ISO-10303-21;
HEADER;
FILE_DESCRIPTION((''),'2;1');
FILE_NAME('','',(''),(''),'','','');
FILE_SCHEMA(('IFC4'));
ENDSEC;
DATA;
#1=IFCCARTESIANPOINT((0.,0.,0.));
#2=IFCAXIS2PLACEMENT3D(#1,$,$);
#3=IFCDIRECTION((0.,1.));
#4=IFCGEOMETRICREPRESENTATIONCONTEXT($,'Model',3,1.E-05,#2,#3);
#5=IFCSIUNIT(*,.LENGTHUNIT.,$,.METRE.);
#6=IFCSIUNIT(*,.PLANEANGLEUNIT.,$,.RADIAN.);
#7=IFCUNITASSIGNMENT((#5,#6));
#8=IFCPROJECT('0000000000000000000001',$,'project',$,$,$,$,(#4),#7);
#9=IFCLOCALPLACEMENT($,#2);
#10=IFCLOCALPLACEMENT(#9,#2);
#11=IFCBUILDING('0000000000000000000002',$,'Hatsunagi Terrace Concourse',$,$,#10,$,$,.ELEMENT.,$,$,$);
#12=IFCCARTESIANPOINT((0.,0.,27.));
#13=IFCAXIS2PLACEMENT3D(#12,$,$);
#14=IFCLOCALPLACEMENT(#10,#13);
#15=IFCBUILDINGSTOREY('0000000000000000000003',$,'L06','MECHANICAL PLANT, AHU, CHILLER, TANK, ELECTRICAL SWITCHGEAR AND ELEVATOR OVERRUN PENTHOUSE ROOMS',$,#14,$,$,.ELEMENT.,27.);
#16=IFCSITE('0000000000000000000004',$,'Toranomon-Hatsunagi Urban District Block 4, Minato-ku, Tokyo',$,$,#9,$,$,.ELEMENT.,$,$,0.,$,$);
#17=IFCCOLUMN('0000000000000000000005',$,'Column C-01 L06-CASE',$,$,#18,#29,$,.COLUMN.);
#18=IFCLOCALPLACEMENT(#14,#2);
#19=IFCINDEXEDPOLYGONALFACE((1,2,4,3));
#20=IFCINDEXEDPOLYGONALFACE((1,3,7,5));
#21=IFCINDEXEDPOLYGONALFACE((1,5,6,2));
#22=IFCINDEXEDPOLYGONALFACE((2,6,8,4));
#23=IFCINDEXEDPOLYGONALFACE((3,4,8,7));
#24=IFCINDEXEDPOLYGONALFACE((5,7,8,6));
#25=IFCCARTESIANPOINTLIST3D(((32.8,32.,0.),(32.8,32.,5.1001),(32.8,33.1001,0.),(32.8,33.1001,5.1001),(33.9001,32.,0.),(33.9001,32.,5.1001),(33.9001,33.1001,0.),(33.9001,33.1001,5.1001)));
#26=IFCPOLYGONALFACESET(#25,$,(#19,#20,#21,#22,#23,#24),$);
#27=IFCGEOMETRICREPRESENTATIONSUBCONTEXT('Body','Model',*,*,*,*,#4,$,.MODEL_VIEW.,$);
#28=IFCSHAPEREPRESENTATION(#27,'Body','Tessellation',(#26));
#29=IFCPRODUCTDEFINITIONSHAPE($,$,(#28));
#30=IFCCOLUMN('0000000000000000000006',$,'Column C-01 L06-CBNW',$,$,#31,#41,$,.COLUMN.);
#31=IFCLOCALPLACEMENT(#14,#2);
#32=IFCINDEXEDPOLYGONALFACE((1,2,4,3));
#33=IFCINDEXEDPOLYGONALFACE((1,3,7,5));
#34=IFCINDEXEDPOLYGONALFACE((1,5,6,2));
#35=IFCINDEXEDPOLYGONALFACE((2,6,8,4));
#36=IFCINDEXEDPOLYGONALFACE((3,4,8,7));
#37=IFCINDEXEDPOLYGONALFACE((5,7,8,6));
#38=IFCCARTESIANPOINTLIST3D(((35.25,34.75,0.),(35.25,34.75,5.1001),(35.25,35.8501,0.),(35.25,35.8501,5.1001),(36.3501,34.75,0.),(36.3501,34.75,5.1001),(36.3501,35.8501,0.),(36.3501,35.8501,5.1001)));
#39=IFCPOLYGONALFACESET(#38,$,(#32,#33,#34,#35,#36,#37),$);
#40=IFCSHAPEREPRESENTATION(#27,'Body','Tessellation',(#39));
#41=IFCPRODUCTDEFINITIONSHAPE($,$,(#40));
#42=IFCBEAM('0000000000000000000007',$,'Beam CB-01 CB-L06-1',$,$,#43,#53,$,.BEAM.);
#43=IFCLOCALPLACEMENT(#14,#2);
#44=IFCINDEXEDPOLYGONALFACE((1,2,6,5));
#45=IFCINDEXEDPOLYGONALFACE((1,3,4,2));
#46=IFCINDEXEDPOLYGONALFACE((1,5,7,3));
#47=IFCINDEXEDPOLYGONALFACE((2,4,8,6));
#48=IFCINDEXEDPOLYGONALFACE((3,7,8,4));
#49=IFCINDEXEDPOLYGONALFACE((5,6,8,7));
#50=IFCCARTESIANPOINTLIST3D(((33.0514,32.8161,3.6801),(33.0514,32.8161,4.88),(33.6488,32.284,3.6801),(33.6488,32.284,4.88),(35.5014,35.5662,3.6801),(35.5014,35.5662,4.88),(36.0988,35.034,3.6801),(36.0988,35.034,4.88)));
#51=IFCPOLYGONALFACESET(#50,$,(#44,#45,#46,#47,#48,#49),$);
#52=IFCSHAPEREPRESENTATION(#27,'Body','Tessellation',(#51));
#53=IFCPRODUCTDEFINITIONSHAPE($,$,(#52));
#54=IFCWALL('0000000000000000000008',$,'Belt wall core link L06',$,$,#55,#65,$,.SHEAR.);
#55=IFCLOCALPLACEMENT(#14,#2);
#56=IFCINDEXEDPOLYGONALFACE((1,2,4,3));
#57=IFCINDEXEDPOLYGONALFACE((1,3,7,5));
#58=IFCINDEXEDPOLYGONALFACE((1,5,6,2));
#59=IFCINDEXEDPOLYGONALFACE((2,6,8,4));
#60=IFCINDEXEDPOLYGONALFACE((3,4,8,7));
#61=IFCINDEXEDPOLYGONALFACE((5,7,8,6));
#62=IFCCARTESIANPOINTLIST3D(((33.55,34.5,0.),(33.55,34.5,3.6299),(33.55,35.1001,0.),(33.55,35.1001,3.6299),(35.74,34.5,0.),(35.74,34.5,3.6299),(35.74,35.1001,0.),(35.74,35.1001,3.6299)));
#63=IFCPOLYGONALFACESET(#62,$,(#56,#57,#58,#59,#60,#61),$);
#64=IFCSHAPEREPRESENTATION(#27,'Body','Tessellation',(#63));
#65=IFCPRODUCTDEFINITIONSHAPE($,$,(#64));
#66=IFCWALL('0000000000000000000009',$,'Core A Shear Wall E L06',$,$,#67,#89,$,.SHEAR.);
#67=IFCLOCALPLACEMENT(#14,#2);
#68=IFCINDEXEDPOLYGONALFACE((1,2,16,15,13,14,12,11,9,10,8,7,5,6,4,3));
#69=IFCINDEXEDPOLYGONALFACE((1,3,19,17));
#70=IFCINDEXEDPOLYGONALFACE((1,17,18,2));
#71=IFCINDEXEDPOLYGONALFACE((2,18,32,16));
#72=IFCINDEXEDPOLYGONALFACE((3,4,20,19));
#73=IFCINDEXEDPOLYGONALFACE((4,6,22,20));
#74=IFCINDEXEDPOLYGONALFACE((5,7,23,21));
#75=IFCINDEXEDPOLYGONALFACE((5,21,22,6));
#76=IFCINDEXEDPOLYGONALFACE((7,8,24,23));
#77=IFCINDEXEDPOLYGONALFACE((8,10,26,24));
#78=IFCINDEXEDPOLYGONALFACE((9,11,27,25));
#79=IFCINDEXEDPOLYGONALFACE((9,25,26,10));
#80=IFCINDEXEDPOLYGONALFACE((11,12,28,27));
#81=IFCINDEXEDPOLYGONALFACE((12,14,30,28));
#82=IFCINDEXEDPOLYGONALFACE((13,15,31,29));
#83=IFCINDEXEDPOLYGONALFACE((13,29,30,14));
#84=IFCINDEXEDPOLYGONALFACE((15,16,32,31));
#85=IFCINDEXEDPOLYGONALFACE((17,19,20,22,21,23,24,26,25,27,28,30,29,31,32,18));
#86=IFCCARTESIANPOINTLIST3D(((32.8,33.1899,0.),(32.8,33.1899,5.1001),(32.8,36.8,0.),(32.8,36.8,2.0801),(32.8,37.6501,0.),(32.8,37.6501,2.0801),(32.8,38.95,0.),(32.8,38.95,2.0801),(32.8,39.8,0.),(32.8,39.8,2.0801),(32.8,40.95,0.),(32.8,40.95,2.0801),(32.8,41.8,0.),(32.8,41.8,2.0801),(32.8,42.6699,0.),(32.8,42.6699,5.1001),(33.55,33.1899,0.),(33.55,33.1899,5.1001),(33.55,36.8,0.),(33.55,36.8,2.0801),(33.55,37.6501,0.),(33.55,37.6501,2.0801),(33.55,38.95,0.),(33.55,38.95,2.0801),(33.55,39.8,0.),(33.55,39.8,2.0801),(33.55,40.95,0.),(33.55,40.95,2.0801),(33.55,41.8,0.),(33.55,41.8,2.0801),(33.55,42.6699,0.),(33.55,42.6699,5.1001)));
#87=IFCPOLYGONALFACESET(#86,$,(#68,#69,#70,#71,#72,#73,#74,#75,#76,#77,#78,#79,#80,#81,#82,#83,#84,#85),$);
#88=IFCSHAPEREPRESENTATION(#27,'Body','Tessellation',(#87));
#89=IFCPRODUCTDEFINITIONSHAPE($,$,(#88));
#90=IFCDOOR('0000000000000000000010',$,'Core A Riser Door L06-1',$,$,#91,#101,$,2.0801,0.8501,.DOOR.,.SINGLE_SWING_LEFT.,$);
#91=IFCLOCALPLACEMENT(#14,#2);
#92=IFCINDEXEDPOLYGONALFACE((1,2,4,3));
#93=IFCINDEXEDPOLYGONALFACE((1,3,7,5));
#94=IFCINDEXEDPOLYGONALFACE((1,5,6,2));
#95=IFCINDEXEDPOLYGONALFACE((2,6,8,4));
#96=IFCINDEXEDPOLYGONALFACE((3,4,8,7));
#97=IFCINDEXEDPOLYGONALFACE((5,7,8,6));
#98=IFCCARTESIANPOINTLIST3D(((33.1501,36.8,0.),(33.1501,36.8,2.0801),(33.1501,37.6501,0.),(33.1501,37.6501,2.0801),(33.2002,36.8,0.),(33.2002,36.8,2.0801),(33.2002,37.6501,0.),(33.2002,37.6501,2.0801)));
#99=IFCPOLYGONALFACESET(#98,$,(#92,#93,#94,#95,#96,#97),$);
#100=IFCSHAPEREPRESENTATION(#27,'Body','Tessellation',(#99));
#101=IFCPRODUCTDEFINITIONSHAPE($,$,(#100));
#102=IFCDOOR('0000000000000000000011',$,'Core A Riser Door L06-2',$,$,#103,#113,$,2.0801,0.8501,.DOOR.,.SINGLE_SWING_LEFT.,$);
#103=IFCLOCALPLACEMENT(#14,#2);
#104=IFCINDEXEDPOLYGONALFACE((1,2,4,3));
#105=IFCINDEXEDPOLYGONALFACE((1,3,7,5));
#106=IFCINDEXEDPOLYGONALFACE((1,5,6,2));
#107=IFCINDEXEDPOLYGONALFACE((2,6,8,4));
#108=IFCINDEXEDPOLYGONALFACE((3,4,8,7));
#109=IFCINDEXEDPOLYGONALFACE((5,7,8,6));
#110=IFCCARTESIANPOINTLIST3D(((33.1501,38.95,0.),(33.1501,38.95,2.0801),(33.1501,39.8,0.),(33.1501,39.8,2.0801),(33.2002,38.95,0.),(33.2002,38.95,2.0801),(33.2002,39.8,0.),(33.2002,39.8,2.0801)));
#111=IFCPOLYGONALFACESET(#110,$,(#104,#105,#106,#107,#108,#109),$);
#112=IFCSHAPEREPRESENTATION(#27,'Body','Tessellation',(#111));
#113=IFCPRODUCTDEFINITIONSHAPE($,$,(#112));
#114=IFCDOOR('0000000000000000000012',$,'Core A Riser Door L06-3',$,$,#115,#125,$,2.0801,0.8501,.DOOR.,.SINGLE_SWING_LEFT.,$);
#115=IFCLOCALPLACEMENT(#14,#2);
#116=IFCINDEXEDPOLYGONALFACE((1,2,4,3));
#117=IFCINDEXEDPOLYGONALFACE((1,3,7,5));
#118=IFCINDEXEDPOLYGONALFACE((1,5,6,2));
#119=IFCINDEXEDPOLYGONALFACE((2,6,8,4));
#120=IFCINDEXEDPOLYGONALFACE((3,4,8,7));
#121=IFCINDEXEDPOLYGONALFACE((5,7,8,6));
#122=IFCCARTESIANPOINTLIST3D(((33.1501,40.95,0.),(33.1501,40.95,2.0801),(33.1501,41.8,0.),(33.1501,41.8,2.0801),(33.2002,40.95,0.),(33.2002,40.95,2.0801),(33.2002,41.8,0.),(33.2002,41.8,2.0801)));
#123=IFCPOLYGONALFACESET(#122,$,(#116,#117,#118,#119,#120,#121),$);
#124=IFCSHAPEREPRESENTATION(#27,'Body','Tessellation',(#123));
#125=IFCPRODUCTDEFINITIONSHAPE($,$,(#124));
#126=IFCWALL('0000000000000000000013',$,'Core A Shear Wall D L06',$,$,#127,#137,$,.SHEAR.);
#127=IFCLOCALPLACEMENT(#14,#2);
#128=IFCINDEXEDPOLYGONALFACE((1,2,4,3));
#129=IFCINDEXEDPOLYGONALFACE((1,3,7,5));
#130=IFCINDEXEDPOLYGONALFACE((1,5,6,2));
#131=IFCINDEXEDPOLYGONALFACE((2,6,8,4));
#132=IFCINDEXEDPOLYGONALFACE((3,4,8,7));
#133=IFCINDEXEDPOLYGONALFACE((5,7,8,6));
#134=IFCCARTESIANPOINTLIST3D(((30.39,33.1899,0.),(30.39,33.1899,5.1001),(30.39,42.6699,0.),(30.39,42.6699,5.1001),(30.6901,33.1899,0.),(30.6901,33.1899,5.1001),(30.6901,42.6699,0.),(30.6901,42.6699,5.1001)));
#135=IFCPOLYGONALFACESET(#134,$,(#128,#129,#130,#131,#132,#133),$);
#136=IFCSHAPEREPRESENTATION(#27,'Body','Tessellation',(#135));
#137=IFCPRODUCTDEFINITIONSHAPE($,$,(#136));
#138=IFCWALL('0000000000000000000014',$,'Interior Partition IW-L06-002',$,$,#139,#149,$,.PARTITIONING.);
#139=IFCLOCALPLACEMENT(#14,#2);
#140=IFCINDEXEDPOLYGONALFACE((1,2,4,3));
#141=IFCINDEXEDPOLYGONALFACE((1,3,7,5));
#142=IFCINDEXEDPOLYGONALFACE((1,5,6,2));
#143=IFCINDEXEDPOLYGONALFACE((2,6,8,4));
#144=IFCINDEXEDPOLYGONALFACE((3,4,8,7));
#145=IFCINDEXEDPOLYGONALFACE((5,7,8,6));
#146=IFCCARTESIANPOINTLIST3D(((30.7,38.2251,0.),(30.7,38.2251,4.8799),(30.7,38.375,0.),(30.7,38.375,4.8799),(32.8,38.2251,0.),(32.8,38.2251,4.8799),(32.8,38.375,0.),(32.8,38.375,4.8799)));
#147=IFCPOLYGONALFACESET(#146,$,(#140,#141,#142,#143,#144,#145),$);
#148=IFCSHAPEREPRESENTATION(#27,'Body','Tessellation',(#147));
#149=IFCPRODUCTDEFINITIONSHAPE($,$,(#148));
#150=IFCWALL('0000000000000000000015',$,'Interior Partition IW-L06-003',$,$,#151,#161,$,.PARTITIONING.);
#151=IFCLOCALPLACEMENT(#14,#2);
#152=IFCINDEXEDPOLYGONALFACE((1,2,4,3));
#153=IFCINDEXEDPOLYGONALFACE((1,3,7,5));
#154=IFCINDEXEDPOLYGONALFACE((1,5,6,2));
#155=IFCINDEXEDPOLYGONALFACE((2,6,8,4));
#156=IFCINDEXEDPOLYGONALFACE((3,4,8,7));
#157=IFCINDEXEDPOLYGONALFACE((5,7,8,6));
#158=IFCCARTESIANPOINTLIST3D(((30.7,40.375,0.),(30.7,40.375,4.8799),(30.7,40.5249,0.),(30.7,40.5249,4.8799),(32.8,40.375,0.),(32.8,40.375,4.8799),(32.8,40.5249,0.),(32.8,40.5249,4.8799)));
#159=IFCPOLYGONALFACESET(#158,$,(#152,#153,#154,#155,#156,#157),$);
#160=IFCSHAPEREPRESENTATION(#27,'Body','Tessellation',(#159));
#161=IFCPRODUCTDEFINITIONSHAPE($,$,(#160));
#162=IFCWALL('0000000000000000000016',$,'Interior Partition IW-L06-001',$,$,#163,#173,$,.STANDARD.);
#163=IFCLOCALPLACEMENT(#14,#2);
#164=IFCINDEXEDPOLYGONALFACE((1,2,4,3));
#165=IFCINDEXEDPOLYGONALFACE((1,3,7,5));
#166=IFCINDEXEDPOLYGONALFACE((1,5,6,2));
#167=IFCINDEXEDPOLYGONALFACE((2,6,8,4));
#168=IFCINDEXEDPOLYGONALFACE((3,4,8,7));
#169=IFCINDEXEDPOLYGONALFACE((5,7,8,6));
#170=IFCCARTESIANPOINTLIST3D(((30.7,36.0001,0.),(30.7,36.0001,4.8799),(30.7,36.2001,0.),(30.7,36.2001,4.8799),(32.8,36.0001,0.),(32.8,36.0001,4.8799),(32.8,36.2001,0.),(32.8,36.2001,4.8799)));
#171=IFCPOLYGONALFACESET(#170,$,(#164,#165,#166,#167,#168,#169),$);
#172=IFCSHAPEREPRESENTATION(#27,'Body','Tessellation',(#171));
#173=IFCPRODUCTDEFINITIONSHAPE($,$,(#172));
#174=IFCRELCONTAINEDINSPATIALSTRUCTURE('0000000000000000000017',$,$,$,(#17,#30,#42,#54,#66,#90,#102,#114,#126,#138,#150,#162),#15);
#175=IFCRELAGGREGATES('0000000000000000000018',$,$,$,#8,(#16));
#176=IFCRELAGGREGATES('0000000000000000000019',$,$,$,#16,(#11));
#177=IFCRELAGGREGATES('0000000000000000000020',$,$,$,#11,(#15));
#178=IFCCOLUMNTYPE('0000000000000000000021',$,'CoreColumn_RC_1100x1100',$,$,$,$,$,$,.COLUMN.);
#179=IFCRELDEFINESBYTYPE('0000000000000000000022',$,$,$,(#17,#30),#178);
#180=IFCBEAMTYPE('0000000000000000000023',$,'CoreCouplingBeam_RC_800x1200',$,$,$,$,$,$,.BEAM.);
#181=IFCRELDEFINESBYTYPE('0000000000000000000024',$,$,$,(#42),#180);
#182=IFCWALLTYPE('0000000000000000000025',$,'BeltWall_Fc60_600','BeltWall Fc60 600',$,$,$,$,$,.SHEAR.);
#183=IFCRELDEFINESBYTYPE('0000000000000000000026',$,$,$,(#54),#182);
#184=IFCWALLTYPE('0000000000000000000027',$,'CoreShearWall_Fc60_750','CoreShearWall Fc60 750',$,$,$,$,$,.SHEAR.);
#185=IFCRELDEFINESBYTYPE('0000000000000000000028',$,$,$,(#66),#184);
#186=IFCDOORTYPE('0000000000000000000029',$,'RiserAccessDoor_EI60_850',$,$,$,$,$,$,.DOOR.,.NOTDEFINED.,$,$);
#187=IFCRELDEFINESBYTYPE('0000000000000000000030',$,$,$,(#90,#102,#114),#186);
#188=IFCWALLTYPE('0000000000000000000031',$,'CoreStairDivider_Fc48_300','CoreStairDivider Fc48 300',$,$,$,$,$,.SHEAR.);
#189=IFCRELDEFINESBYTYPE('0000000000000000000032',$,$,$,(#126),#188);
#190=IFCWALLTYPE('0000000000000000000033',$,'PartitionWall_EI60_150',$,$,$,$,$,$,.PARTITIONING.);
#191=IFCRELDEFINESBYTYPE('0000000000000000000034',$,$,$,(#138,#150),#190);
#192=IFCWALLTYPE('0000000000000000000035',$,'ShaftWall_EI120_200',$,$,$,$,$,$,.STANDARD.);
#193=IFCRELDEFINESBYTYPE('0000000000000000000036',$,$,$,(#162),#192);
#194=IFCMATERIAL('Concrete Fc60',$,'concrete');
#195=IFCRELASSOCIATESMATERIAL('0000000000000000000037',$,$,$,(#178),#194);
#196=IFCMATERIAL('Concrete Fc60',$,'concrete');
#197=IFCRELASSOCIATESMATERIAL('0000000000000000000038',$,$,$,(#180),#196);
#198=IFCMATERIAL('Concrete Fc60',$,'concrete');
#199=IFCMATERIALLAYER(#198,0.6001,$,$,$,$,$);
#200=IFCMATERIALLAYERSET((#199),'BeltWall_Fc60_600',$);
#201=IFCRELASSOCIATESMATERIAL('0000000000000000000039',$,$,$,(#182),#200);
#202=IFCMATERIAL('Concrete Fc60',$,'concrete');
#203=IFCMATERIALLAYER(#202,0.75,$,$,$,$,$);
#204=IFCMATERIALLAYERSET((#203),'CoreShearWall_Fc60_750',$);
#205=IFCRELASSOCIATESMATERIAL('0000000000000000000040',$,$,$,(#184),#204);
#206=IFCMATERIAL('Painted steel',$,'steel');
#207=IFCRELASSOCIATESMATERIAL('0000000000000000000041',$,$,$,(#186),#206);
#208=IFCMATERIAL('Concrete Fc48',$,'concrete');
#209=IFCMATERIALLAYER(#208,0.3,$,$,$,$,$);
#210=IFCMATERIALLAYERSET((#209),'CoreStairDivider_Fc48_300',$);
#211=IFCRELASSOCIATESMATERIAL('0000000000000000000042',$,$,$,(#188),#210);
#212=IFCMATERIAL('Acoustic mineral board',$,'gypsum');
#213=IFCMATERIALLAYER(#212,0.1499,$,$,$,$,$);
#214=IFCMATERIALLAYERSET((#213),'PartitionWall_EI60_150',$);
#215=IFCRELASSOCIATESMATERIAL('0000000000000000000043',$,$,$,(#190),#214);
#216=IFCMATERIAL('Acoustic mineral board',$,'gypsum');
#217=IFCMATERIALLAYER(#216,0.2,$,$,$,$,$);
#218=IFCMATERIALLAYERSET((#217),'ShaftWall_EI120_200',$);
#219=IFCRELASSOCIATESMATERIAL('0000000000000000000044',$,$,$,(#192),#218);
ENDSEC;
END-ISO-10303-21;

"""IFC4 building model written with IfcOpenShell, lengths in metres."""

from ifc_helpers import new_model, si_unit, direction, frame, frame_2d, origin, origin_2d, place, context, subcontext, project, spatial, rectangle, extrude, material, layer, layer_set, material_profile, profile_set, type_object, element, fill, save


model = new_model("IFC4")

# Units and contexts
model_context = context("Model", 3, precision=1e-05, world=origin(), true_north=direction((0.0, 1.0)))
body_context = subcontext(model_context, "Body", "Model", "MODEL_VIEW")
ifc_project = project(units=[si_unit("LENGTHUNIT", "METRE"), si_unit("PLANEANGLEUNIT", "RADIAN")], contexts=[model_context])

# Site, building, storey
site_placement = place(None, origin())
site = spatial("IfcSite", under=ifc_project, at=site_placement, Name="Toranomon-Hatsunagi Urban District Block 4, Minato-ku, Tokyo", CompositionType="ELEMENT", RefElevation=0.0)
building_placement = place(site_placement, origin())
building = spatial("IfcBuilding", under=site, at=building_placement, Name="Hatsunagi Terrace Concourse", CompositionType="ELEMENT")
storey_placement = place(building_placement, frame((0.0, 0.0, 27.0)))
storey = spatial("IfcBuildingStorey", under=building, at=storey_placement, Name="L06", Description="MECHANICAL PLANT, AHU, CHILLER, TANK, ELECTRICAL SWITCHGEAR AND ELEVATOR OVERRUN PENTHOUSE ROOMS", CompositionType="ELEMENT", Elevation=27.0)

# Columns
ifc_material_1 = material(Name="Concrete Fc60", Category="concrete")
ifc_material_profile_1 = material_profile(ifc_material_1, rectangle(XDim=1.1001, YDim=1.1001, at=origin_2d()), Name="RC-1100x1100")
ifc_profile_set_1 = profile_set([ifc_material_profile_1], Name="Concrete Fc60")
column_type = type_object("IfcColumnType", Name="CoreColumn_RC_1100x1100", PredefinedType="COLUMN", material=ifc_profile_set_1)
for number, where, z_axis, x_axis, name in (
    (1, (33.3501, 32.55, 0.0), (0.0, 0.0, 1.0), (1.0, 0.0, 0.0), "Column C-01 L06-CASE"),
    (2, (35.8, 35.3, 0.0), (0.0, 0.0, 1.0), (1.0, 0.0, 0.0), "Column C-01 L06-CBNW"),
):
    element("IfcColumn", number, at=place(storey_placement, frame(where, z_axis=z_axis, x_axis=x_axis)), inside=storey, type_object=column_type, Name=name, PredefinedType="COLUMN", context=body_context, shape_type="SweptSolid", body=[
        extrude(rectangle(XDim=1.1001, YDim=1.1001, at=origin_2d()), origin(), (0.0, 0.0, 1.0), 5.1001),
    ])

# Beam
ifc_material_2 = material(Name="Concrete Fc60", Category="concrete")
ifc_material_profile_2 = material_profile(ifc_material_2, rectangle(XDim=0.8, YDim=1.2, at=origin_2d()), Name="RC-800x1200")
ifc_profile_set_2 = profile_set([ifc_material_profile_2], Name="Concrete Fc60")
beam_type = type_object("IfcBeamType", Name="CoreCouplingBeam_RC_800x1200", PredefinedType="BEAM", material=ifc_profile_set_2)
beam_placement = place(storey_placement, frame((33.3501, 32.55, 4.28), z_axis=(0.665199, 0.746666, 0.0), x_axis=(-0.746666, 0.665199, 0.0)))
element("IfcBeam", 3, at=beam_placement, inside=storey, type_object=beam_type, Name="Beam CB-01 CB-L06-1", PredefinedType="BEAM", context=body_context, shape_type="SweptSolid", body=[
    extrude(rectangle(XDim=0.8, YDim=1.2, at=origin_2d()), origin(), (0.0, 0.0, 1.0), 3.6831),
])

# Wall
ifc_material_3 = material(Name="Concrete Fc60", Category="concrete")
ifc_layer_1 = layer(ifc_material_3, 0.6001)
ifc_layer_set_1 = layer_set([ifc_layer_1], Name="BeltWall_Fc60_600")
wall_type_1 = type_object("IfcWallType", Name="BeltWall_Fc60_600", Description="BeltWall Fc60 600", PredefinedType="SHEAR", material=ifc_layer_set_1)
wall_1_placement = place(storey_placement, frame((33.55, 34.8, 0.0), z_axis=(0.0, 0.0, 1.0), x_axis=(1.0, 0.0, 0.0)))
element("IfcWall", 4, at=wall_1_placement, inside=storey, type_object=wall_type_1, Name="Belt wall core link L06", PredefinedType="SHEAR", context=body_context, shape_type="SweptSolid", body=[
    extrude(rectangle(XDim=2.1899, YDim=0.6001, at=frame_2d((1.095, 0.0))), origin(), (0.0, 0.0, 1.0), 3.6299),
])

# Wall, openings, doors
ifc_material_4 = material(Name="Concrete Fc60", Category="concrete")
ifc_layer_2 = layer(ifc_material_4, 0.75)
ifc_layer_set_2 = layer_set([ifc_layer_2], Name="CoreShearWall_Fc60_750")
wall_type_2 = type_object("IfcWallType", Name="CoreShearWall_Fc60_750", Description="CoreShearWall Fc60 750", PredefinedType="SHEAR", material=ifc_layer_set_2)
wall_2_placement = place(storey_placement, frame((33.175, 33.1899, 0.0), z_axis=(0.0, 0.0, 1.0), x_axis=(0.0, 1.0, 0.0)))
wall_2 = element("IfcWall", 5, at=wall_2_placement, inside=storey, type_object=wall_type_2, Name="Core A Shear Wall E L06", PredefinedType="SHEAR", context=body_context, shape_type="SweptSolid", body=[
    extrude(rectangle(XDim=9.48, YDim=0.75, at=frame_2d((4.74, 0.0))), origin(), (0.0, 0.0, 1.0), 5.1001),
])
opening_1_placement = place(wall_2_placement, frame((3.6101, 0.0, 0.0)))
opening_1 = element("IfcOpeningElement", 6, at=opening_1_placement, cuts=wall_2, PredefinedType="OPENING", context=body_context, shape_type="SweptSolid", body=[
    extrude(rectangle(XDim=0.8501, YDim=2.0801, at=frame_2d((0.425, 1.04))), frame((0.0, 0.385, 0.0), z_axis=(0.0, -1.0, 0.0), x_axis=(1.0, 0.0, 0.0)), (0.0, 0.0, 1.0), 0.77),
])
opening_2_placement = place(wall_2_placement, frame((5.76, 0.0, 0.0)))
opening_2 = element("IfcOpeningElement", 7, at=opening_2_placement, cuts=wall_2, PredefinedType="OPENING", context=body_context, shape_type="SweptSolid", body=[
    extrude(rectangle(XDim=0.8501, YDim=2.0801, at=frame_2d((0.425, 1.04))), frame((0.0, 0.385, 0.0), z_axis=(0.0, -1.0, 0.0), x_axis=(1.0, 0.0, 0.0)), (0.0, 0.0, 1.0), 0.77),
])
opening_3_placement = place(wall_2_placement, frame((7.76, 0.0, 0.0)))
opening_3 = element("IfcOpeningElement", 8, at=opening_3_placement, cuts=wall_2, PredefinedType="OPENING", context=body_context, shape_type="SweptSolid", body=[
    extrude(rectangle(XDim=0.8501, YDim=2.0801, at=frame_2d((0.425, 1.04))), frame((0.0, 0.385, 0.0), z_axis=(0.0, -1.0, 0.0), x_axis=(1.0, 0.0, 0.0)), (0.0, 0.0, 1.0), 0.77),
])
ifc_material_5 = material(Name="Painted steel", Category="steel")
door_type_1 = type_object("IfcDoorType", Name="RiserAccessDoor_EI60_850", OperationType="NOTDEFINED", PredefinedType="DOOR", material=ifc_material_5)
door_1_placement = place(opening_1_placement, origin())
door_1 = element("IfcDoor", 9, at=door_1_placement, inside=storey, type_object=door_type_1, Name="Core A Riser Door L06-1", OperationType="SINGLE_SWING_LEFT", OverallHeight=2.0801, OverallWidth=0.8501, PredefinedType="DOOR", context=body_context, shape_type="SweptSolid", body=[
    extrude(rectangle(XDim=0.8501, YDim=2.0801, at=frame_2d((0.425, 1.04))), frame((0.0, 0.0249, 0.0), z_axis=(0.0, -1.0, 0.0), x_axis=(1.0, 0.0, 0.0)), (0.0, 0.0, 1.0), 0.05),
])
fill(opening_1, door_1)
door_2_placement = place(opening_2_placement, origin())
door_2 = element("IfcDoor", 10, at=door_2_placement, inside=storey, type_object=door_type_1, Name="Core A Riser Door L06-2", OperationType="SINGLE_SWING_LEFT", OverallHeight=2.0801, OverallWidth=0.8501, PredefinedType="DOOR", context=body_context, shape_type="SweptSolid", body=[
    extrude(rectangle(XDim=0.8501, YDim=2.0801, at=frame_2d((0.425, 1.04))), frame((0.0, 0.0249, 0.0), z_axis=(0.0, -1.0, 0.0), x_axis=(1.0, 0.0, 0.0)), (0.0, 0.0, 1.0), 0.05),
])
fill(opening_2, door_2)
door_3_placement = place(opening_3_placement, origin())
door_3 = element("IfcDoor", 11, at=door_3_placement, inside=storey, type_object=door_type_1, Name="Core A Riser Door L06-3", OperationType="SINGLE_SWING_LEFT", OverallHeight=2.0801, OverallWidth=0.8501, PredefinedType="DOOR", context=body_context, shape_type="SweptSolid", body=[
    extrude(rectangle(XDim=0.8501, YDim=2.0801, at=frame_2d((0.425, 1.04))), frame((0.0, 0.0249, 0.0), z_axis=(0.0, -1.0, 0.0), x_axis=(1.0, 0.0, 0.0)), (0.0, 0.0, 1.0), 0.05),
])
fill(opening_3, door_3)

# Walls
ifc_material_6 = material(Name="Concrete Fc48", Category="concrete")
ifc_layer_3 = layer(ifc_material_6, 0.3)
ifc_layer_set_3 = layer_set([ifc_layer_3], Name="CoreStairDivider_Fc48_300")
wall_type_3 = type_object("IfcWallType", Name="CoreStairDivider_Fc48_300", Description="CoreStairDivider Fc48 300", PredefinedType="SHEAR", material=ifc_layer_set_3)
wall_3_placement = place(storey_placement, frame((30.54, 33.1899, 0.0), z_axis=(0.0, 0.0, 1.0), x_axis=(0.0, 1.0, 0.0)))
element("IfcWall", 12, at=wall_3_placement, inside=storey, type_object=wall_type_3, Name="Core A Shear Wall D L06", PredefinedType="SHEAR", context=body_context, shape_type="SweptSolid", body=[
    extrude(rectangle(XDim=9.48, YDim=0.3, at=frame_2d((4.74, 0.0))), origin(), (0.0, 0.0, 1.0), 5.1001),
])
ifc_material_7 = material(Name="Acoustic mineral board", Category="gypsum")
ifc_layer_4 = layer(ifc_material_7, 0.1499)
ifc_layer_set_4 = layer_set([ifc_layer_4], Name="PartitionWall_EI60_150")
wall_type_4 = type_object("IfcWallType", Name="PartitionWall_EI60_150", PredefinedType="PARTITIONING", material=ifc_layer_set_4)
for number, where, z_axis, x_axis, name in (
    (13, (30.7, 38.3, 0.0), (0.0, 0.0, 1.0), (1.0, 0.0, 0.0), "Interior Partition IW-L06-002"),
    (14, (30.7, 40.45, 0.0), (0.0, 0.0, 1.0), (1.0, 0.0, 0.0), "Interior Partition IW-L06-003"),
):
    element("IfcWall", number, at=place(storey_placement, frame(where, z_axis=z_axis, x_axis=x_axis)), inside=storey, type_object=wall_type_4, Name=name, PredefinedType="PARTITIONING", context=body_context, shape_type="SweptSolid", body=[
        extrude(rectangle(XDim=2.1001, YDim=0.1499, at=frame_2d((1.05, 0.0))), origin(), (0.0, 0.0, 1.0), 4.8799),
    ])
ifc_material_8 = material(Name="Acoustic mineral board", Category="gypsum")
ifc_layer_5 = layer(ifc_material_8, 0.2)
ifc_layer_set_5 = layer_set([ifc_layer_5], Name="ShaftWall_EI120_200")
wall_type_5 = type_object("IfcWallType", Name="ShaftWall_EI120_200", PredefinedType="STANDARD", material=ifc_layer_set_5)
wall_4_placement = place(storey_placement, frame((30.7, 36.1001, 0.0), z_axis=(0.0, 0.0, 1.0), x_axis=(1.0, 0.0, 0.0)))
element("IfcWall", 15, at=wall_4_placement, inside=storey, type_object=wall_type_5, Name="Interior Partition IW-L06-001", PredefinedType="STANDARD", context=body_context, shape_type="SweptSolid", body=[
    extrude(rectangle(XDim=2.1001, YDim=0.2, at=frame_2d((1.05, 0.0))), origin(), (0.0, 0.0, 1.0), 4.8799),
])

save(model, "model.ifc")
